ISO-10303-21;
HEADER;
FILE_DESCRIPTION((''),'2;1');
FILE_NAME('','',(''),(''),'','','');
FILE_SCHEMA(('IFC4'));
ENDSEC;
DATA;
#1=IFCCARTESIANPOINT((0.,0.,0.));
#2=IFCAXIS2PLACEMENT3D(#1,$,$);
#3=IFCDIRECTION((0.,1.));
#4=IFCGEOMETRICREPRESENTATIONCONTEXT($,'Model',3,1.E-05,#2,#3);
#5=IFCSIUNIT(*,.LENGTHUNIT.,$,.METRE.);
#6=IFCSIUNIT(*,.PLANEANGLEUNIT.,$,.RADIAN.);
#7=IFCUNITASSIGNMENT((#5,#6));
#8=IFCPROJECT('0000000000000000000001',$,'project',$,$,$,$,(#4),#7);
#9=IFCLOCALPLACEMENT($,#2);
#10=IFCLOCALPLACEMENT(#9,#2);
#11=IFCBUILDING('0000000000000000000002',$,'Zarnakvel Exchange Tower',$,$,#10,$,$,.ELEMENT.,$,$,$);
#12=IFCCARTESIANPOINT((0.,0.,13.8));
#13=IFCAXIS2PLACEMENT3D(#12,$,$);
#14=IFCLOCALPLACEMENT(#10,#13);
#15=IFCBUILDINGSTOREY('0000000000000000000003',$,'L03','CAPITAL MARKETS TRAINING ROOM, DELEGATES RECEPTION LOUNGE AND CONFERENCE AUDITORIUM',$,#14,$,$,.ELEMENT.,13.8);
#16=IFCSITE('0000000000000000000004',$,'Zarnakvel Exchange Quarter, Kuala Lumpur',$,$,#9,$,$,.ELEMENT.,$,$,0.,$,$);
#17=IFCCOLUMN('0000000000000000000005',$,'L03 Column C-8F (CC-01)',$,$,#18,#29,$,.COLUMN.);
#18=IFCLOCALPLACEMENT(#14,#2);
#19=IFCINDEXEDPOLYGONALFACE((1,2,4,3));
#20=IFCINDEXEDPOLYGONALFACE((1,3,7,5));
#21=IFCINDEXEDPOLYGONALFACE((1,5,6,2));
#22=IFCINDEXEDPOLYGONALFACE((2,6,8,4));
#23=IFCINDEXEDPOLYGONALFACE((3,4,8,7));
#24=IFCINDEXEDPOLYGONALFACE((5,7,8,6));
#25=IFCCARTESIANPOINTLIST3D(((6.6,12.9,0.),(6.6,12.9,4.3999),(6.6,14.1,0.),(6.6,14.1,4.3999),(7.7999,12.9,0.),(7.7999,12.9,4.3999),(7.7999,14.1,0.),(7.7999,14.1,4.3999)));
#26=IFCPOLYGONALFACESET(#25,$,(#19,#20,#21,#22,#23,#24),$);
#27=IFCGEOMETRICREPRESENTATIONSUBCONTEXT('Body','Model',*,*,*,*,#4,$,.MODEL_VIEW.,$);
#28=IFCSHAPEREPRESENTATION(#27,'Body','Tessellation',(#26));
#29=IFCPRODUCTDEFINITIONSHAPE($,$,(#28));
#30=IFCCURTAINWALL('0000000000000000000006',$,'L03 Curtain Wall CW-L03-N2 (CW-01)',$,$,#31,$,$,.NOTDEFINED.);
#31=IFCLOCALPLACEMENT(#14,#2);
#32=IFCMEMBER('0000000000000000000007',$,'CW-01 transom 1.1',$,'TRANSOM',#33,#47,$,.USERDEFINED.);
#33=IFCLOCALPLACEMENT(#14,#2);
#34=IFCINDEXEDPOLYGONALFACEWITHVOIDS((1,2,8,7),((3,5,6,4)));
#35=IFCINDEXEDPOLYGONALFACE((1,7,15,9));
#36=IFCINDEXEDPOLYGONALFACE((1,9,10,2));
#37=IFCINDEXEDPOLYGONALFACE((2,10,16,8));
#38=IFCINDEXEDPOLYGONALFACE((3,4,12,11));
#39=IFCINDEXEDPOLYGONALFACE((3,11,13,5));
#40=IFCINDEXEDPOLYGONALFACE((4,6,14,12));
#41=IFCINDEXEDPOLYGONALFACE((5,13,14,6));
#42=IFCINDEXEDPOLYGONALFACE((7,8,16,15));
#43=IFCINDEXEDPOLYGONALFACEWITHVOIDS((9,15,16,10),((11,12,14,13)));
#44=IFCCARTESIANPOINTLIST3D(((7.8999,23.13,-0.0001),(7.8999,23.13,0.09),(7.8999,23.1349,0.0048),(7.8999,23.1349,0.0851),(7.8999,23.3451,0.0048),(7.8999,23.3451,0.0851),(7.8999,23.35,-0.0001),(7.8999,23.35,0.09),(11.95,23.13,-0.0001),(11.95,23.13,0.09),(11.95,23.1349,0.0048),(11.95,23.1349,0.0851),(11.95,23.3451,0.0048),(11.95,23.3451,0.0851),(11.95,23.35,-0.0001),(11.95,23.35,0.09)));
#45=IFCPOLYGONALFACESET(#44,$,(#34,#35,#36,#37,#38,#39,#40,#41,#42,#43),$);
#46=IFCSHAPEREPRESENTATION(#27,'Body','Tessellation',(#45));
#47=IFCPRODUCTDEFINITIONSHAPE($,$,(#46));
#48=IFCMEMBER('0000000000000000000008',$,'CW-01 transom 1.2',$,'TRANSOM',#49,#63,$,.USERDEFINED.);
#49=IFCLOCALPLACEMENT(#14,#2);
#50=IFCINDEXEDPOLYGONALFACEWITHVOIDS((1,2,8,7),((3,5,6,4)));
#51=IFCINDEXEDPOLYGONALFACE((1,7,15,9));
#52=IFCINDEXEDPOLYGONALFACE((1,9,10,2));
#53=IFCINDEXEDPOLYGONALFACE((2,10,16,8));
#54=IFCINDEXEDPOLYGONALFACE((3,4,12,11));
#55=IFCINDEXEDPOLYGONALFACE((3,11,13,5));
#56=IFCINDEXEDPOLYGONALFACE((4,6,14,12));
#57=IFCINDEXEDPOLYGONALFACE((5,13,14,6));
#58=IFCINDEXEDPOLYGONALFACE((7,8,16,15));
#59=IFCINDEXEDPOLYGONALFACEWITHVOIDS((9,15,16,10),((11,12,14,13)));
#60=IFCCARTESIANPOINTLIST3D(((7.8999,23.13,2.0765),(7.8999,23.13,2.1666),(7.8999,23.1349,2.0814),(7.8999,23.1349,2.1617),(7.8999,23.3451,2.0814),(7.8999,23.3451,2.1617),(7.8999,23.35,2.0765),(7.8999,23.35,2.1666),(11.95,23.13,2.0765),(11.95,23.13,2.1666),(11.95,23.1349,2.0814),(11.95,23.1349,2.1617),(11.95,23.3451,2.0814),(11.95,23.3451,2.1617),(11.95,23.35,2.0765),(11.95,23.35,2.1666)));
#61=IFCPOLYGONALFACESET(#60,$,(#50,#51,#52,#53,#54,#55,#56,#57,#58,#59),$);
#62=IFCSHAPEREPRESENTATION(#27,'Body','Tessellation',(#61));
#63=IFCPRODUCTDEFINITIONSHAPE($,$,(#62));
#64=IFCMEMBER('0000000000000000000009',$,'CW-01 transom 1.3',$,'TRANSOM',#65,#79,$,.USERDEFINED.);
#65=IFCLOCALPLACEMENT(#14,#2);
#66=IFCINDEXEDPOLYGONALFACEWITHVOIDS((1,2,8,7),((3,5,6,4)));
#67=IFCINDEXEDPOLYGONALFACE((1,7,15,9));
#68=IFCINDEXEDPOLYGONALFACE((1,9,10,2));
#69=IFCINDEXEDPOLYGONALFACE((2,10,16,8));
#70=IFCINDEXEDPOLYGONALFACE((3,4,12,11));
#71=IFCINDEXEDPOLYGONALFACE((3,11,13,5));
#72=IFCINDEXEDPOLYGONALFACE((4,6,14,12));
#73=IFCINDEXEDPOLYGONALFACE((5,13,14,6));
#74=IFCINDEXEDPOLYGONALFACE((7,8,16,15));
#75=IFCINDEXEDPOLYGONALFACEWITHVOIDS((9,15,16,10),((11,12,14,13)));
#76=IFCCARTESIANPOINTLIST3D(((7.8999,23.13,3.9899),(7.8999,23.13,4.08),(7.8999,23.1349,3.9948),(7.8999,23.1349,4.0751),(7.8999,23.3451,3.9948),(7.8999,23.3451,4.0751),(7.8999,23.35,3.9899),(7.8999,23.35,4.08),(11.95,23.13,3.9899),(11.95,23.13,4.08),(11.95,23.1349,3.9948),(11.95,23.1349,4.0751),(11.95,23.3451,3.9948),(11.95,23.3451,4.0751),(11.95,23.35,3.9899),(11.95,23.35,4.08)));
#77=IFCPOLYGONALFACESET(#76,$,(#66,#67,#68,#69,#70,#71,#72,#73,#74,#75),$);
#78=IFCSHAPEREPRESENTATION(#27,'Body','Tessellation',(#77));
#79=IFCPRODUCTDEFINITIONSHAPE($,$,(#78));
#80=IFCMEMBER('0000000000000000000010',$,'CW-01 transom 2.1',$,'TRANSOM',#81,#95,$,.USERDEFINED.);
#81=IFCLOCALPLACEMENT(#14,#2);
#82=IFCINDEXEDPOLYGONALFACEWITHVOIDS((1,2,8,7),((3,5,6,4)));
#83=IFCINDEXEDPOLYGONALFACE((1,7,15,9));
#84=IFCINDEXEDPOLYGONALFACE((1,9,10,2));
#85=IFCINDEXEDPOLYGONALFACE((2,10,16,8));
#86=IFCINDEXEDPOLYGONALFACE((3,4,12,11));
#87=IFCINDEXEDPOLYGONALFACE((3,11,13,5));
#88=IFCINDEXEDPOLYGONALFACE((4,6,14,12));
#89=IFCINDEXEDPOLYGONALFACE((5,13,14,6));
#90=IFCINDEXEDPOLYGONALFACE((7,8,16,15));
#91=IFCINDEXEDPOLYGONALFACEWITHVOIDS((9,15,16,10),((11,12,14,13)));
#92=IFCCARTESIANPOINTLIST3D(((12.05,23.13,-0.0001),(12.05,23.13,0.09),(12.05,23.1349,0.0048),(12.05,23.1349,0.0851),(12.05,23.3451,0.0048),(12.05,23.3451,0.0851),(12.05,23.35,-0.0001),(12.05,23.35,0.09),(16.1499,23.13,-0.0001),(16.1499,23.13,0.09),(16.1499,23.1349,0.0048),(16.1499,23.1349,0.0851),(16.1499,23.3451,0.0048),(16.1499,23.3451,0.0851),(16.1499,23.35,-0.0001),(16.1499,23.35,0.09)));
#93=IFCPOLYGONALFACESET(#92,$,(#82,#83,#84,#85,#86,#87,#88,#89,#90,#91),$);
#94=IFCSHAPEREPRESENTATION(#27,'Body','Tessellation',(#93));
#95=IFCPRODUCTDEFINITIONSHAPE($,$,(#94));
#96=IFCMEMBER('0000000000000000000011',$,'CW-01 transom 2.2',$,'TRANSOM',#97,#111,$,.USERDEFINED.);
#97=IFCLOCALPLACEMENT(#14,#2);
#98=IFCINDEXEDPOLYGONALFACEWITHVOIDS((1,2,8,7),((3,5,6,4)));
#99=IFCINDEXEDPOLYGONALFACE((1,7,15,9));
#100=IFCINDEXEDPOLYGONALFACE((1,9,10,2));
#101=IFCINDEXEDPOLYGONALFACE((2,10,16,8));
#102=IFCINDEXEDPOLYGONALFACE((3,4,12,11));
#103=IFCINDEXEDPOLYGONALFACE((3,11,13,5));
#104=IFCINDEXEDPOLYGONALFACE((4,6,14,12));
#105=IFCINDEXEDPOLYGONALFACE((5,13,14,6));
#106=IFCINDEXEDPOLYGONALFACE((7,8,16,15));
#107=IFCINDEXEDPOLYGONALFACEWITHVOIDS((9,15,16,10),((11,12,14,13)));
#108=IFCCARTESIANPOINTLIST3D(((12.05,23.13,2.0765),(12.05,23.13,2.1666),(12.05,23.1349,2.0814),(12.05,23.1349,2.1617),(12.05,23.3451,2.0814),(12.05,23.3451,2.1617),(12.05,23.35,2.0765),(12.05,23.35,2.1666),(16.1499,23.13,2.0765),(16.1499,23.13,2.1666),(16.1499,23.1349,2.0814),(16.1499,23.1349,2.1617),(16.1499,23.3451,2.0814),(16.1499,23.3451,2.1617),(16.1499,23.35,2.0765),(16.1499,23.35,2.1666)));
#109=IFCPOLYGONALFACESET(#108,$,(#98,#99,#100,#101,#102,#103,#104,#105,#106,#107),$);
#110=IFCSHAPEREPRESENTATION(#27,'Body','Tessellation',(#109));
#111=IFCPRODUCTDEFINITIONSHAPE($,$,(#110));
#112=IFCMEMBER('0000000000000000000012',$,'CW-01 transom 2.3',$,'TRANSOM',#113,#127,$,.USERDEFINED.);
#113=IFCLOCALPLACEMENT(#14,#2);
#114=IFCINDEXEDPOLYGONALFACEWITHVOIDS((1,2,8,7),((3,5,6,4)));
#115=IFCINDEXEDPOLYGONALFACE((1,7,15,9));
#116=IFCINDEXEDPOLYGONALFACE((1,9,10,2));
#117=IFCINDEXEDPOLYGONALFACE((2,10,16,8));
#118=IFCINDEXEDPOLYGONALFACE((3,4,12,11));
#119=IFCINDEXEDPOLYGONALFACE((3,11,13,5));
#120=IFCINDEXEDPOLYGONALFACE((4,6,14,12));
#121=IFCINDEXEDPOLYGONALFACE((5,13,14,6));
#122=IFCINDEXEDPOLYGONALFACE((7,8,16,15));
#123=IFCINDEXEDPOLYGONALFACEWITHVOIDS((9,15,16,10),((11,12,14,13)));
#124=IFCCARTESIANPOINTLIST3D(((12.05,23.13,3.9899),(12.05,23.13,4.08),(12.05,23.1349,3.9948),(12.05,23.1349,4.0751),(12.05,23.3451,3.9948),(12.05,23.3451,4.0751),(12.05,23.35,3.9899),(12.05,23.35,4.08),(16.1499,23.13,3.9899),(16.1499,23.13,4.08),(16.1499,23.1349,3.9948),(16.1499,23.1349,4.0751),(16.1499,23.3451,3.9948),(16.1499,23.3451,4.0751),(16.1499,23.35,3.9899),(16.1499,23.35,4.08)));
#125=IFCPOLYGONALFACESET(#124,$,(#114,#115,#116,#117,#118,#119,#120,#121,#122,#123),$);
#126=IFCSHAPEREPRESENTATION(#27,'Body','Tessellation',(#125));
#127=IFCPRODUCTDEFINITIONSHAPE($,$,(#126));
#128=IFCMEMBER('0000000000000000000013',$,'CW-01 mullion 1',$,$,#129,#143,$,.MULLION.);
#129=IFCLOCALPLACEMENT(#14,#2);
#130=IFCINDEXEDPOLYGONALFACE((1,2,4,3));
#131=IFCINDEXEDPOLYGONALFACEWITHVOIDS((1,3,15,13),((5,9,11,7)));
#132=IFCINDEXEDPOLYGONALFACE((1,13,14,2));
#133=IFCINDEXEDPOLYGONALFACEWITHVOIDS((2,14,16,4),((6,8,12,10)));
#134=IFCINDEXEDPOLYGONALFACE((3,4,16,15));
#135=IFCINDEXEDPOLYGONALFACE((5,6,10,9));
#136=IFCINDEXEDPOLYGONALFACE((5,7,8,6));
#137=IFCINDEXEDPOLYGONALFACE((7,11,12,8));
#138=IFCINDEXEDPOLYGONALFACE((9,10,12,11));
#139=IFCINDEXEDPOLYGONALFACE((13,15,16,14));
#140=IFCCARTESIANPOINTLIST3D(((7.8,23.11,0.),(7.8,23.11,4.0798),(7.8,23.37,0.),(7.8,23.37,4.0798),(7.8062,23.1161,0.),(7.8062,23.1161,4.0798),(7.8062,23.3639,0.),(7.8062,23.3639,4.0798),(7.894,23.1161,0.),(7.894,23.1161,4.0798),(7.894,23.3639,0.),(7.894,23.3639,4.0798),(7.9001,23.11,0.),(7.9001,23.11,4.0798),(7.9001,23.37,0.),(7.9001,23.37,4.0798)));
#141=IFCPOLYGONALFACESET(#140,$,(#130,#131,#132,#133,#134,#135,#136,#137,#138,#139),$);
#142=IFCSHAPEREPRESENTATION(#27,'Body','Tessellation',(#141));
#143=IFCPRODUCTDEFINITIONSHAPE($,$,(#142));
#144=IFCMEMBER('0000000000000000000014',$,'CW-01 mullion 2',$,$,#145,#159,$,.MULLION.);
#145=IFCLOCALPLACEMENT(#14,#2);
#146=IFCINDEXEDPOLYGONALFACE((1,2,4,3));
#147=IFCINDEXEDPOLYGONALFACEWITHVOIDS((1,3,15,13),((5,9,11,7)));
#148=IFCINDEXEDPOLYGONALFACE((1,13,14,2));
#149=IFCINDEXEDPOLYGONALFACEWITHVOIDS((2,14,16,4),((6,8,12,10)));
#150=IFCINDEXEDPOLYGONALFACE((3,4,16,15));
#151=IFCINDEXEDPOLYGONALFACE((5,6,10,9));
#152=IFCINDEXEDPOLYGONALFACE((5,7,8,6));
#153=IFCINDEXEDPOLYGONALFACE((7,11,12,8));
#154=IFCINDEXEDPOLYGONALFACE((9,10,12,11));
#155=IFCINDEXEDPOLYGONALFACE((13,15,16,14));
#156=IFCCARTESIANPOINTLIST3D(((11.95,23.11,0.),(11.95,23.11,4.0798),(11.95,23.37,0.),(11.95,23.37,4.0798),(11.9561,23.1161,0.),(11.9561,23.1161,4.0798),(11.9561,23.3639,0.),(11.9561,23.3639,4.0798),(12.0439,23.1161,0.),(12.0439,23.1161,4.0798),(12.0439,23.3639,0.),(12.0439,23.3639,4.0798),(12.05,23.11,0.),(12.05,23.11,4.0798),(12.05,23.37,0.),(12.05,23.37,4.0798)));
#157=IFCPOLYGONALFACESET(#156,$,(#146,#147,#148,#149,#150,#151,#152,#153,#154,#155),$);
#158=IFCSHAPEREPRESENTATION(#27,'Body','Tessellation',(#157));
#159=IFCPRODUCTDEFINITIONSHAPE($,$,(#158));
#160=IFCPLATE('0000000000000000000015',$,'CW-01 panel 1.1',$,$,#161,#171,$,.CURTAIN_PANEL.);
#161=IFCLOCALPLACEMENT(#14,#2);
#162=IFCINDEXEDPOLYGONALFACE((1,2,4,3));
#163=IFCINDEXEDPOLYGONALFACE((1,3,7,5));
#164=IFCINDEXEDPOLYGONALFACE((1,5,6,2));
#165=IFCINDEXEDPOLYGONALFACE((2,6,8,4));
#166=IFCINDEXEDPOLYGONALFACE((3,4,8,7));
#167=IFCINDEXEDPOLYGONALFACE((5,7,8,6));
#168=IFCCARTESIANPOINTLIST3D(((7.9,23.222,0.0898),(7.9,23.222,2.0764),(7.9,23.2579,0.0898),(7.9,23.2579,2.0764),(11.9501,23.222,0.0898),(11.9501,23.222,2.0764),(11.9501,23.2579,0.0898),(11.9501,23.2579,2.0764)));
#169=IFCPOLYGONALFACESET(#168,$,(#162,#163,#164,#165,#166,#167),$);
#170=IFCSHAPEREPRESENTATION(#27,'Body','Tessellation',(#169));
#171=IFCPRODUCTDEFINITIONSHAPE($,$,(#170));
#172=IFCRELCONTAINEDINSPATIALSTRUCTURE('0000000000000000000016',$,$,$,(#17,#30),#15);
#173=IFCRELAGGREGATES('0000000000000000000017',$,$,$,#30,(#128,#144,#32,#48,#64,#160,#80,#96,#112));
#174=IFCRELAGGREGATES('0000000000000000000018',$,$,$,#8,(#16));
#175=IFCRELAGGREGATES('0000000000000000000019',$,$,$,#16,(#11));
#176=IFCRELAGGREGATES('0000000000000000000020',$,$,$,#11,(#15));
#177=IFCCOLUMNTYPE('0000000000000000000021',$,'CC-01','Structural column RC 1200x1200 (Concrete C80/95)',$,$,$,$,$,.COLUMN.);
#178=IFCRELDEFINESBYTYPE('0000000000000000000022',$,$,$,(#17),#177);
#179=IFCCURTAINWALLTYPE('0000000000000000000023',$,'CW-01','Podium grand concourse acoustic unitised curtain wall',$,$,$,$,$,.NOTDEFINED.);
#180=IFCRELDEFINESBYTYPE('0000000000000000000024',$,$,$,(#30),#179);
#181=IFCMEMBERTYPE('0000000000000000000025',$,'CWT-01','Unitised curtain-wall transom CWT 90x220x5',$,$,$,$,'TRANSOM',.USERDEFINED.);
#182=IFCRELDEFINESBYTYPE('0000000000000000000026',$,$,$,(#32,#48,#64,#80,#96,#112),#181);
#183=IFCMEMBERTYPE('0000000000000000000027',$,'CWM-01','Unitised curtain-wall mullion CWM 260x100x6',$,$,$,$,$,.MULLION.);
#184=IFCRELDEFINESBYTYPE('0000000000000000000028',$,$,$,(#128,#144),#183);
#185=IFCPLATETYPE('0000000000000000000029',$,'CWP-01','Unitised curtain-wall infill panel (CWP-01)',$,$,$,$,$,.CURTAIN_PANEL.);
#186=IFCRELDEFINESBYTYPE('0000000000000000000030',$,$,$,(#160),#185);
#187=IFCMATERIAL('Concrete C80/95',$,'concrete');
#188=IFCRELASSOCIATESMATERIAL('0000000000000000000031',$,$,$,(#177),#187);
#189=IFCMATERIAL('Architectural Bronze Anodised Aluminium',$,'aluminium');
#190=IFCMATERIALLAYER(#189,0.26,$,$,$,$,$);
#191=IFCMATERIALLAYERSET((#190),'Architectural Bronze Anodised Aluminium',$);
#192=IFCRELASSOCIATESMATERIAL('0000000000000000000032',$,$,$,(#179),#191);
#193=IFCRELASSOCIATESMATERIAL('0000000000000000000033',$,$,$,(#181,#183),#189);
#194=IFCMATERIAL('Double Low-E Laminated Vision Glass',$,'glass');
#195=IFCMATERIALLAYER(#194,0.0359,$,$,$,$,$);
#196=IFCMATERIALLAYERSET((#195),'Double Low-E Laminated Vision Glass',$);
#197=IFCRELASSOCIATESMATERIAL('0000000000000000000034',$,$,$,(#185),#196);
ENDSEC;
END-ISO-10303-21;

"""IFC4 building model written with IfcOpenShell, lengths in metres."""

from ifc_helpers import new_model, si_unit, direction, frame, origin, origin_2d, place, context, subcontext, project, spatial, rectangle, hollow_rectangle, extrude, source, transform, mapped, material, layer, layer_set, material_profile, profile_set, type_object, element, aggregate, save


model = new_model("IFC4")

# Units and contexts
model_context = context("Model", 3, precision=1e-05, world=origin(), true_north=direction((0.0, 1.0)))
body_context = subcontext(model_context, "Body", "Model", "MODEL_VIEW")
ifc_project = project(units=[si_unit("LENGTHUNIT", "METRE"), si_unit("PLANEANGLEUNIT", "RADIAN")], contexts=[model_context])

# Site, building, storey
site_placement = place(None, origin())
site = spatial("IfcSite", under=ifc_project, at=site_placement, Name="Zarnakvel Exchange Quarter, Kuala Lumpur", CompositionType="ELEMENT", RefElevation=0.0)
building_placement = place(site_placement, origin())
building = spatial("IfcBuilding", under=site, at=building_placement, Name="Zarnakvel Exchange Tower", CompositionType="ELEMENT")
storey_placement = place(building_placement, frame((0.0, 0.0, 13.8)))
storey = spatial("IfcBuildingStorey", under=building, at=storey_placement, Name="L03", Description="CAPITAL MARKETS TRAINING ROOM, DELEGATES RECEPTION LOUNGE AND CONFERENCE AUDITORIUM", CompositionType="ELEMENT", Elevation=13.8)

# Column
ifc_material_1 = material(Name="Concrete C80/95", Category="concrete")
ifc_material_profile_1 = material_profile(ifc_material_1, rectangle(XDim=1.2, YDim=1.2, at=origin_2d()))
ifc_profile_set_1 = profile_set([ifc_material_profile_1], Name="Concrete C80/95")
column_type = type_object("IfcColumnType", Name="CC-01", Description="Structural column RC 1200x1200 (Concrete C80/95)", PredefinedType="COLUMN", material=ifc_profile_set_1)
column_placement = place(storey_placement, frame((7.2, 13.5, 0.0), z_axis=(0.0, 0.0, 1.0), x_axis=(1.0, 0.0, 0.0)))
element("IfcColumn", 1, at=column_placement, inside=storey, type_object=column_type, Name="L03 Column C-8F (CC-01)", PredefinedType="COLUMN", context=body_context, shape_type="SweptSolid", body=[
    extrude(rectangle(XDim=1.2, YDim=1.2, at=origin_2d()), origin(), (0.0, 0.0, 1.0), 4.3999),
])

# Curtain wall, members, plate
ifc_material_2 = material(Name="Architectural Bronze Anodised Aluminium", Category="aluminium")
ifc_layer_1 = layer(ifc_material_2, 0.26)
ifc_layer_set_1 = layer_set([ifc_layer_1], Name="Architectural Bronze Anodised Aluminium")
curtain_wall_type = type_object("IfcCurtainWallType", Name="CW-01", Description="Podium grand concourse acoustic unitised curtain wall", PredefinedType="NOTDEFINED", material=ifc_layer_set_1)
curtain_wall_placement = place(storey_placement, origin())
curtain_wall = element("IfcCurtainWall", 2, at=curtain_wall_placement, inside=storey, type_object=curtain_wall_type, Name="L03 Curtain Wall CW-L03-N2 (CW-01)", PredefinedType="NOTDEFINED")
ifc_material_profile_2 = material_profile(ifc_material_2, hollow_rectangle(XDim=0.22, YDim=0.0901, WallThickness=0.0049, at=origin_2d()))
ifc_profile_set_2 = profile_set([ifc_material_profile_2], Name="Architectural Bronze Anodised Aluminium")
member_type_1 = type_object("IfcMemberType", Name="CWT-01", Description="Unitised curtain-wall transom CWT 90x220x5", ElementType="TRANSOM", PredefinedType="USERDEFINED", material=ifc_profile_set_2)
shared_shape_1 = source(origin(), body_context, "Body", "SweptSolid", [
    extrude(hollow_rectangle(XDim=0.22, YDim=0.0901, WallThickness=0.0049, at=origin_2d()), origin(), (0.0, 0.0, 1.0), 4.05),
])
member_1_placement = place(storey_placement, frame((7.8999, 23.24, 0.0449), z_axis=(1.0, 0.0, 0.0), x_axis=(0.0, 1.0, 0.0)))
member_1 = element("IfcMember", 3, at=member_1_placement, type_object=member_type_1, Name="CW-01 transom 1.1", ObjectType="TRANSOM", PredefinedType="USERDEFINED", context=body_context, shape_type="MappedRepresentation", body=[
    mapped(shared_shape_1, transform((0.0, 0.0, 0.0), x_axis=(1.0, 0.0, 0.0), y_axis=(0.0, 1.0, 0.0), z_axis=(0.0, 0.0, 1.0), scale=1.0)),
])
member_2_placement = place(storey_placement, frame((7.8999, 23.24, 2.1216), z_axis=(1.0, 0.0, 0.0), x_axis=(0.0, 1.0, 0.0)))
member_2 = element("IfcMember", 4, at=member_2_placement, type_object=member_type_1, Name="CW-01 transom 1.2", ObjectType="TRANSOM", PredefinedType="USERDEFINED", context=body_context, shape_type="MappedRepresentation", body=[
    mapped(shared_shape_1, transform((0.0, 0.0, 0.0), x_axis=(1.0, 0.0, 0.0), y_axis=(0.0, 1.0, 0.0), z_axis=(0.0, 0.0, 1.0), scale=1.0)),
])
member_3_placement = place(storey_placement, frame((7.8999, 23.24, 4.0349), z_axis=(1.0, 0.0, 0.0), x_axis=(0.0, 1.0, 0.0)))
member_3 = element("IfcMember", 5, at=member_3_placement, type_object=member_type_1, Name="CW-01 transom 1.3", ObjectType="TRANSOM", PredefinedType="USERDEFINED", context=body_context, shape_type="MappedRepresentation", body=[
    mapped(shared_shape_1, transform((0.0, 0.0, 0.0), x_axis=(1.0, 0.0, 0.0), y_axis=(0.0, 1.0, 0.0), z_axis=(0.0, 0.0, 1.0), scale=1.0)),
])
shared_shape_2 = source(origin(), body_context, "Body", "SweptSolid", [
    extrude(hollow_rectangle(XDim=0.22, YDim=0.0901, WallThickness=0.0049, at=origin_2d()), origin(), (0.0, 0.0, 1.0), 4.0999),
])
member_4_placement = place(storey_placement, frame((12.05, 23.24, 0.0449), z_axis=(1.0, 0.0, 0.0), x_axis=(0.0, 1.0, 0.0)))
member_4 = element("IfcMember", 6, at=member_4_placement, type_object=member_type_1, Name="CW-01 transom 2.1", ObjectType="TRANSOM", PredefinedType="USERDEFINED", context=body_context, shape_type="MappedRepresentation", body=[
    mapped(shared_shape_2, transform((0.0, 0.0, 0.0), x_axis=(1.0, 0.0, 0.0), y_axis=(0.0, 1.0, 0.0), z_axis=(0.0, 0.0, 1.0), scale=1.0)),
])
member_5_placement = place(storey_placement, frame((12.05, 23.24, 2.1216), z_axis=(1.0, 0.0, 0.0), x_axis=(0.0, 1.0, 0.0)))
member_5 = element("IfcMember", 7, at=member_5_placement, type_object=member_type_1, Name="CW-01 transom 2.2", ObjectType="TRANSOM", PredefinedType="USERDEFINED", context=body_context, shape_type="MappedRepresentation", body=[
    mapped(shared_shape_2, transform((0.0, 0.0, 0.0), x_axis=(1.0, 0.0, 0.0), y_axis=(0.0, 1.0, 0.0), z_axis=(0.0, 0.0, 1.0), scale=1.0)),
])
member_6_placement = place(storey_placement, frame((12.05, 23.24, 4.0349), z_axis=(1.0, 0.0, 0.0), x_axis=(0.0, 1.0, 0.0)))
member_6 = element("IfcMember", 8, at=member_6_placement, type_object=member_type_1, Name="CW-01 transom 2.3", ObjectType="TRANSOM", PredefinedType="USERDEFINED", context=body_context, shape_type="MappedRepresentation", body=[
    mapped(shared_shape_2, transform((0.0, 0.0, 0.0), x_axis=(1.0, 0.0, 0.0), y_axis=(0.0, 1.0, 0.0), z_axis=(0.0, 0.0, 1.0), scale=1.0)),
])
ifc_material_profile_3 = material_profile(ifc_material_2, hollow_rectangle(XDim=0.26, YDim=0.1001, WallThickness=0.0061, at=origin_2d()))
ifc_profile_set_3 = profile_set([ifc_material_profile_3], Name="Architectural Bronze Anodised Aluminium")
member_type_2 = type_object("IfcMemberType", Name="CWM-01", Description="Unitised curtain-wall mullion CWM 260x100x6", PredefinedType="MULLION", material=ifc_profile_set_3)
shared_shape_3 = source(origin(), body_context, "Body", "SweptSolid", [
    extrude(hollow_rectangle(XDim=0.26, YDim=0.1001, WallThickness=0.0061, at=origin_2d()), origin(), (0.0, 0.0, 1.0), 4.0798),
])
member_7_placement = place(storey_placement, frame((7.8501, 23.24, 0.0), z_axis=(0.0, 0.0, 1.0), x_axis=(0.0, 1.0, 0.0)))
member_7 = element("IfcMember", 9, at=member_7_placement, type_object=member_type_2, Name="CW-01 mullion 1", PredefinedType="MULLION", context=body_context, shape_type="MappedRepresentation", body=[
    mapped(shared_shape_3, transform((0.0, 0.0, 0.0), x_axis=(1.0, 0.0, 0.0), y_axis=(0.0, 1.0, 0.0), z_axis=(0.0, 0.0, 1.0), scale=1.0)),
])
member_8_placement = place(storey_placement, frame((12.0, 23.24, 0.0), z_axis=(0.0, 0.0, 1.0), x_axis=(0.0, 1.0, 0.0)))
member_8 = element("IfcMember", 10, at=member_8_placement, type_object=member_type_2, Name="CW-01 mullion 2", PredefinedType="MULLION", context=body_context, shape_type="MappedRepresentation", body=[
    mapped(shared_shape_3, transform((0.0, 0.0, 0.0), x_axis=(1.0, 0.0, 0.0), y_axis=(0.0, 1.0, 0.0), z_axis=(0.0, 0.0, 1.0), scale=1.0)),
])
ifc_material_3 = material(Name="Double Low-E Laminated Vision Glass", Category="glass")
ifc_layer_2 = layer(ifc_material_3, 0.0359)
ifc_layer_set_2 = layer_set([ifc_layer_2], Name="Double Low-E Laminated Vision Glass")
plate_type = type_object("IfcPlateType", Name="CWP-01", Description="Unitised curtain-wall infill panel (CWP-01)", PredefinedType="CURTAIN_PANEL", material=ifc_layer_set_2)
shared_shape_4 = source(origin(), body_context, "Body", "SweptSolid", [
    extrude(rectangle(XDim=4.05, YDim=0.0359, at=origin_2d()), origin(), (0.0, 0.0, 1.0), 1.9866),
])
plate_1_placement = place(storey_placement, frame((9.925, 23.24, 0.0898), z_axis=(0.0, 0.0, 1.0), x_axis=(1.0, 0.0, 0.0)))
plate_1 = element("IfcPlate", 11, at=plate_1_placement, type_object=plate_type, Name="CW-01 panel 1.1", PredefinedType="CURTAIN_PANEL", context=body_context, shape_type="MappedRepresentation", body=[
    mapped(shared_shape_4, transform((0.0, 0.0, 0.0), x_axis=(1.0, 0.0, 0.0), y_axis=(0.0, 1.0, 0.0), z_axis=(0.0, 0.0, 1.0), scale=1.0)),
])
aggregate(curtain_wall, [member_7, member_8, member_1, member_2, member_3, plate_1, member_4, member_5, member_6])

save(model, "model.ifc")
